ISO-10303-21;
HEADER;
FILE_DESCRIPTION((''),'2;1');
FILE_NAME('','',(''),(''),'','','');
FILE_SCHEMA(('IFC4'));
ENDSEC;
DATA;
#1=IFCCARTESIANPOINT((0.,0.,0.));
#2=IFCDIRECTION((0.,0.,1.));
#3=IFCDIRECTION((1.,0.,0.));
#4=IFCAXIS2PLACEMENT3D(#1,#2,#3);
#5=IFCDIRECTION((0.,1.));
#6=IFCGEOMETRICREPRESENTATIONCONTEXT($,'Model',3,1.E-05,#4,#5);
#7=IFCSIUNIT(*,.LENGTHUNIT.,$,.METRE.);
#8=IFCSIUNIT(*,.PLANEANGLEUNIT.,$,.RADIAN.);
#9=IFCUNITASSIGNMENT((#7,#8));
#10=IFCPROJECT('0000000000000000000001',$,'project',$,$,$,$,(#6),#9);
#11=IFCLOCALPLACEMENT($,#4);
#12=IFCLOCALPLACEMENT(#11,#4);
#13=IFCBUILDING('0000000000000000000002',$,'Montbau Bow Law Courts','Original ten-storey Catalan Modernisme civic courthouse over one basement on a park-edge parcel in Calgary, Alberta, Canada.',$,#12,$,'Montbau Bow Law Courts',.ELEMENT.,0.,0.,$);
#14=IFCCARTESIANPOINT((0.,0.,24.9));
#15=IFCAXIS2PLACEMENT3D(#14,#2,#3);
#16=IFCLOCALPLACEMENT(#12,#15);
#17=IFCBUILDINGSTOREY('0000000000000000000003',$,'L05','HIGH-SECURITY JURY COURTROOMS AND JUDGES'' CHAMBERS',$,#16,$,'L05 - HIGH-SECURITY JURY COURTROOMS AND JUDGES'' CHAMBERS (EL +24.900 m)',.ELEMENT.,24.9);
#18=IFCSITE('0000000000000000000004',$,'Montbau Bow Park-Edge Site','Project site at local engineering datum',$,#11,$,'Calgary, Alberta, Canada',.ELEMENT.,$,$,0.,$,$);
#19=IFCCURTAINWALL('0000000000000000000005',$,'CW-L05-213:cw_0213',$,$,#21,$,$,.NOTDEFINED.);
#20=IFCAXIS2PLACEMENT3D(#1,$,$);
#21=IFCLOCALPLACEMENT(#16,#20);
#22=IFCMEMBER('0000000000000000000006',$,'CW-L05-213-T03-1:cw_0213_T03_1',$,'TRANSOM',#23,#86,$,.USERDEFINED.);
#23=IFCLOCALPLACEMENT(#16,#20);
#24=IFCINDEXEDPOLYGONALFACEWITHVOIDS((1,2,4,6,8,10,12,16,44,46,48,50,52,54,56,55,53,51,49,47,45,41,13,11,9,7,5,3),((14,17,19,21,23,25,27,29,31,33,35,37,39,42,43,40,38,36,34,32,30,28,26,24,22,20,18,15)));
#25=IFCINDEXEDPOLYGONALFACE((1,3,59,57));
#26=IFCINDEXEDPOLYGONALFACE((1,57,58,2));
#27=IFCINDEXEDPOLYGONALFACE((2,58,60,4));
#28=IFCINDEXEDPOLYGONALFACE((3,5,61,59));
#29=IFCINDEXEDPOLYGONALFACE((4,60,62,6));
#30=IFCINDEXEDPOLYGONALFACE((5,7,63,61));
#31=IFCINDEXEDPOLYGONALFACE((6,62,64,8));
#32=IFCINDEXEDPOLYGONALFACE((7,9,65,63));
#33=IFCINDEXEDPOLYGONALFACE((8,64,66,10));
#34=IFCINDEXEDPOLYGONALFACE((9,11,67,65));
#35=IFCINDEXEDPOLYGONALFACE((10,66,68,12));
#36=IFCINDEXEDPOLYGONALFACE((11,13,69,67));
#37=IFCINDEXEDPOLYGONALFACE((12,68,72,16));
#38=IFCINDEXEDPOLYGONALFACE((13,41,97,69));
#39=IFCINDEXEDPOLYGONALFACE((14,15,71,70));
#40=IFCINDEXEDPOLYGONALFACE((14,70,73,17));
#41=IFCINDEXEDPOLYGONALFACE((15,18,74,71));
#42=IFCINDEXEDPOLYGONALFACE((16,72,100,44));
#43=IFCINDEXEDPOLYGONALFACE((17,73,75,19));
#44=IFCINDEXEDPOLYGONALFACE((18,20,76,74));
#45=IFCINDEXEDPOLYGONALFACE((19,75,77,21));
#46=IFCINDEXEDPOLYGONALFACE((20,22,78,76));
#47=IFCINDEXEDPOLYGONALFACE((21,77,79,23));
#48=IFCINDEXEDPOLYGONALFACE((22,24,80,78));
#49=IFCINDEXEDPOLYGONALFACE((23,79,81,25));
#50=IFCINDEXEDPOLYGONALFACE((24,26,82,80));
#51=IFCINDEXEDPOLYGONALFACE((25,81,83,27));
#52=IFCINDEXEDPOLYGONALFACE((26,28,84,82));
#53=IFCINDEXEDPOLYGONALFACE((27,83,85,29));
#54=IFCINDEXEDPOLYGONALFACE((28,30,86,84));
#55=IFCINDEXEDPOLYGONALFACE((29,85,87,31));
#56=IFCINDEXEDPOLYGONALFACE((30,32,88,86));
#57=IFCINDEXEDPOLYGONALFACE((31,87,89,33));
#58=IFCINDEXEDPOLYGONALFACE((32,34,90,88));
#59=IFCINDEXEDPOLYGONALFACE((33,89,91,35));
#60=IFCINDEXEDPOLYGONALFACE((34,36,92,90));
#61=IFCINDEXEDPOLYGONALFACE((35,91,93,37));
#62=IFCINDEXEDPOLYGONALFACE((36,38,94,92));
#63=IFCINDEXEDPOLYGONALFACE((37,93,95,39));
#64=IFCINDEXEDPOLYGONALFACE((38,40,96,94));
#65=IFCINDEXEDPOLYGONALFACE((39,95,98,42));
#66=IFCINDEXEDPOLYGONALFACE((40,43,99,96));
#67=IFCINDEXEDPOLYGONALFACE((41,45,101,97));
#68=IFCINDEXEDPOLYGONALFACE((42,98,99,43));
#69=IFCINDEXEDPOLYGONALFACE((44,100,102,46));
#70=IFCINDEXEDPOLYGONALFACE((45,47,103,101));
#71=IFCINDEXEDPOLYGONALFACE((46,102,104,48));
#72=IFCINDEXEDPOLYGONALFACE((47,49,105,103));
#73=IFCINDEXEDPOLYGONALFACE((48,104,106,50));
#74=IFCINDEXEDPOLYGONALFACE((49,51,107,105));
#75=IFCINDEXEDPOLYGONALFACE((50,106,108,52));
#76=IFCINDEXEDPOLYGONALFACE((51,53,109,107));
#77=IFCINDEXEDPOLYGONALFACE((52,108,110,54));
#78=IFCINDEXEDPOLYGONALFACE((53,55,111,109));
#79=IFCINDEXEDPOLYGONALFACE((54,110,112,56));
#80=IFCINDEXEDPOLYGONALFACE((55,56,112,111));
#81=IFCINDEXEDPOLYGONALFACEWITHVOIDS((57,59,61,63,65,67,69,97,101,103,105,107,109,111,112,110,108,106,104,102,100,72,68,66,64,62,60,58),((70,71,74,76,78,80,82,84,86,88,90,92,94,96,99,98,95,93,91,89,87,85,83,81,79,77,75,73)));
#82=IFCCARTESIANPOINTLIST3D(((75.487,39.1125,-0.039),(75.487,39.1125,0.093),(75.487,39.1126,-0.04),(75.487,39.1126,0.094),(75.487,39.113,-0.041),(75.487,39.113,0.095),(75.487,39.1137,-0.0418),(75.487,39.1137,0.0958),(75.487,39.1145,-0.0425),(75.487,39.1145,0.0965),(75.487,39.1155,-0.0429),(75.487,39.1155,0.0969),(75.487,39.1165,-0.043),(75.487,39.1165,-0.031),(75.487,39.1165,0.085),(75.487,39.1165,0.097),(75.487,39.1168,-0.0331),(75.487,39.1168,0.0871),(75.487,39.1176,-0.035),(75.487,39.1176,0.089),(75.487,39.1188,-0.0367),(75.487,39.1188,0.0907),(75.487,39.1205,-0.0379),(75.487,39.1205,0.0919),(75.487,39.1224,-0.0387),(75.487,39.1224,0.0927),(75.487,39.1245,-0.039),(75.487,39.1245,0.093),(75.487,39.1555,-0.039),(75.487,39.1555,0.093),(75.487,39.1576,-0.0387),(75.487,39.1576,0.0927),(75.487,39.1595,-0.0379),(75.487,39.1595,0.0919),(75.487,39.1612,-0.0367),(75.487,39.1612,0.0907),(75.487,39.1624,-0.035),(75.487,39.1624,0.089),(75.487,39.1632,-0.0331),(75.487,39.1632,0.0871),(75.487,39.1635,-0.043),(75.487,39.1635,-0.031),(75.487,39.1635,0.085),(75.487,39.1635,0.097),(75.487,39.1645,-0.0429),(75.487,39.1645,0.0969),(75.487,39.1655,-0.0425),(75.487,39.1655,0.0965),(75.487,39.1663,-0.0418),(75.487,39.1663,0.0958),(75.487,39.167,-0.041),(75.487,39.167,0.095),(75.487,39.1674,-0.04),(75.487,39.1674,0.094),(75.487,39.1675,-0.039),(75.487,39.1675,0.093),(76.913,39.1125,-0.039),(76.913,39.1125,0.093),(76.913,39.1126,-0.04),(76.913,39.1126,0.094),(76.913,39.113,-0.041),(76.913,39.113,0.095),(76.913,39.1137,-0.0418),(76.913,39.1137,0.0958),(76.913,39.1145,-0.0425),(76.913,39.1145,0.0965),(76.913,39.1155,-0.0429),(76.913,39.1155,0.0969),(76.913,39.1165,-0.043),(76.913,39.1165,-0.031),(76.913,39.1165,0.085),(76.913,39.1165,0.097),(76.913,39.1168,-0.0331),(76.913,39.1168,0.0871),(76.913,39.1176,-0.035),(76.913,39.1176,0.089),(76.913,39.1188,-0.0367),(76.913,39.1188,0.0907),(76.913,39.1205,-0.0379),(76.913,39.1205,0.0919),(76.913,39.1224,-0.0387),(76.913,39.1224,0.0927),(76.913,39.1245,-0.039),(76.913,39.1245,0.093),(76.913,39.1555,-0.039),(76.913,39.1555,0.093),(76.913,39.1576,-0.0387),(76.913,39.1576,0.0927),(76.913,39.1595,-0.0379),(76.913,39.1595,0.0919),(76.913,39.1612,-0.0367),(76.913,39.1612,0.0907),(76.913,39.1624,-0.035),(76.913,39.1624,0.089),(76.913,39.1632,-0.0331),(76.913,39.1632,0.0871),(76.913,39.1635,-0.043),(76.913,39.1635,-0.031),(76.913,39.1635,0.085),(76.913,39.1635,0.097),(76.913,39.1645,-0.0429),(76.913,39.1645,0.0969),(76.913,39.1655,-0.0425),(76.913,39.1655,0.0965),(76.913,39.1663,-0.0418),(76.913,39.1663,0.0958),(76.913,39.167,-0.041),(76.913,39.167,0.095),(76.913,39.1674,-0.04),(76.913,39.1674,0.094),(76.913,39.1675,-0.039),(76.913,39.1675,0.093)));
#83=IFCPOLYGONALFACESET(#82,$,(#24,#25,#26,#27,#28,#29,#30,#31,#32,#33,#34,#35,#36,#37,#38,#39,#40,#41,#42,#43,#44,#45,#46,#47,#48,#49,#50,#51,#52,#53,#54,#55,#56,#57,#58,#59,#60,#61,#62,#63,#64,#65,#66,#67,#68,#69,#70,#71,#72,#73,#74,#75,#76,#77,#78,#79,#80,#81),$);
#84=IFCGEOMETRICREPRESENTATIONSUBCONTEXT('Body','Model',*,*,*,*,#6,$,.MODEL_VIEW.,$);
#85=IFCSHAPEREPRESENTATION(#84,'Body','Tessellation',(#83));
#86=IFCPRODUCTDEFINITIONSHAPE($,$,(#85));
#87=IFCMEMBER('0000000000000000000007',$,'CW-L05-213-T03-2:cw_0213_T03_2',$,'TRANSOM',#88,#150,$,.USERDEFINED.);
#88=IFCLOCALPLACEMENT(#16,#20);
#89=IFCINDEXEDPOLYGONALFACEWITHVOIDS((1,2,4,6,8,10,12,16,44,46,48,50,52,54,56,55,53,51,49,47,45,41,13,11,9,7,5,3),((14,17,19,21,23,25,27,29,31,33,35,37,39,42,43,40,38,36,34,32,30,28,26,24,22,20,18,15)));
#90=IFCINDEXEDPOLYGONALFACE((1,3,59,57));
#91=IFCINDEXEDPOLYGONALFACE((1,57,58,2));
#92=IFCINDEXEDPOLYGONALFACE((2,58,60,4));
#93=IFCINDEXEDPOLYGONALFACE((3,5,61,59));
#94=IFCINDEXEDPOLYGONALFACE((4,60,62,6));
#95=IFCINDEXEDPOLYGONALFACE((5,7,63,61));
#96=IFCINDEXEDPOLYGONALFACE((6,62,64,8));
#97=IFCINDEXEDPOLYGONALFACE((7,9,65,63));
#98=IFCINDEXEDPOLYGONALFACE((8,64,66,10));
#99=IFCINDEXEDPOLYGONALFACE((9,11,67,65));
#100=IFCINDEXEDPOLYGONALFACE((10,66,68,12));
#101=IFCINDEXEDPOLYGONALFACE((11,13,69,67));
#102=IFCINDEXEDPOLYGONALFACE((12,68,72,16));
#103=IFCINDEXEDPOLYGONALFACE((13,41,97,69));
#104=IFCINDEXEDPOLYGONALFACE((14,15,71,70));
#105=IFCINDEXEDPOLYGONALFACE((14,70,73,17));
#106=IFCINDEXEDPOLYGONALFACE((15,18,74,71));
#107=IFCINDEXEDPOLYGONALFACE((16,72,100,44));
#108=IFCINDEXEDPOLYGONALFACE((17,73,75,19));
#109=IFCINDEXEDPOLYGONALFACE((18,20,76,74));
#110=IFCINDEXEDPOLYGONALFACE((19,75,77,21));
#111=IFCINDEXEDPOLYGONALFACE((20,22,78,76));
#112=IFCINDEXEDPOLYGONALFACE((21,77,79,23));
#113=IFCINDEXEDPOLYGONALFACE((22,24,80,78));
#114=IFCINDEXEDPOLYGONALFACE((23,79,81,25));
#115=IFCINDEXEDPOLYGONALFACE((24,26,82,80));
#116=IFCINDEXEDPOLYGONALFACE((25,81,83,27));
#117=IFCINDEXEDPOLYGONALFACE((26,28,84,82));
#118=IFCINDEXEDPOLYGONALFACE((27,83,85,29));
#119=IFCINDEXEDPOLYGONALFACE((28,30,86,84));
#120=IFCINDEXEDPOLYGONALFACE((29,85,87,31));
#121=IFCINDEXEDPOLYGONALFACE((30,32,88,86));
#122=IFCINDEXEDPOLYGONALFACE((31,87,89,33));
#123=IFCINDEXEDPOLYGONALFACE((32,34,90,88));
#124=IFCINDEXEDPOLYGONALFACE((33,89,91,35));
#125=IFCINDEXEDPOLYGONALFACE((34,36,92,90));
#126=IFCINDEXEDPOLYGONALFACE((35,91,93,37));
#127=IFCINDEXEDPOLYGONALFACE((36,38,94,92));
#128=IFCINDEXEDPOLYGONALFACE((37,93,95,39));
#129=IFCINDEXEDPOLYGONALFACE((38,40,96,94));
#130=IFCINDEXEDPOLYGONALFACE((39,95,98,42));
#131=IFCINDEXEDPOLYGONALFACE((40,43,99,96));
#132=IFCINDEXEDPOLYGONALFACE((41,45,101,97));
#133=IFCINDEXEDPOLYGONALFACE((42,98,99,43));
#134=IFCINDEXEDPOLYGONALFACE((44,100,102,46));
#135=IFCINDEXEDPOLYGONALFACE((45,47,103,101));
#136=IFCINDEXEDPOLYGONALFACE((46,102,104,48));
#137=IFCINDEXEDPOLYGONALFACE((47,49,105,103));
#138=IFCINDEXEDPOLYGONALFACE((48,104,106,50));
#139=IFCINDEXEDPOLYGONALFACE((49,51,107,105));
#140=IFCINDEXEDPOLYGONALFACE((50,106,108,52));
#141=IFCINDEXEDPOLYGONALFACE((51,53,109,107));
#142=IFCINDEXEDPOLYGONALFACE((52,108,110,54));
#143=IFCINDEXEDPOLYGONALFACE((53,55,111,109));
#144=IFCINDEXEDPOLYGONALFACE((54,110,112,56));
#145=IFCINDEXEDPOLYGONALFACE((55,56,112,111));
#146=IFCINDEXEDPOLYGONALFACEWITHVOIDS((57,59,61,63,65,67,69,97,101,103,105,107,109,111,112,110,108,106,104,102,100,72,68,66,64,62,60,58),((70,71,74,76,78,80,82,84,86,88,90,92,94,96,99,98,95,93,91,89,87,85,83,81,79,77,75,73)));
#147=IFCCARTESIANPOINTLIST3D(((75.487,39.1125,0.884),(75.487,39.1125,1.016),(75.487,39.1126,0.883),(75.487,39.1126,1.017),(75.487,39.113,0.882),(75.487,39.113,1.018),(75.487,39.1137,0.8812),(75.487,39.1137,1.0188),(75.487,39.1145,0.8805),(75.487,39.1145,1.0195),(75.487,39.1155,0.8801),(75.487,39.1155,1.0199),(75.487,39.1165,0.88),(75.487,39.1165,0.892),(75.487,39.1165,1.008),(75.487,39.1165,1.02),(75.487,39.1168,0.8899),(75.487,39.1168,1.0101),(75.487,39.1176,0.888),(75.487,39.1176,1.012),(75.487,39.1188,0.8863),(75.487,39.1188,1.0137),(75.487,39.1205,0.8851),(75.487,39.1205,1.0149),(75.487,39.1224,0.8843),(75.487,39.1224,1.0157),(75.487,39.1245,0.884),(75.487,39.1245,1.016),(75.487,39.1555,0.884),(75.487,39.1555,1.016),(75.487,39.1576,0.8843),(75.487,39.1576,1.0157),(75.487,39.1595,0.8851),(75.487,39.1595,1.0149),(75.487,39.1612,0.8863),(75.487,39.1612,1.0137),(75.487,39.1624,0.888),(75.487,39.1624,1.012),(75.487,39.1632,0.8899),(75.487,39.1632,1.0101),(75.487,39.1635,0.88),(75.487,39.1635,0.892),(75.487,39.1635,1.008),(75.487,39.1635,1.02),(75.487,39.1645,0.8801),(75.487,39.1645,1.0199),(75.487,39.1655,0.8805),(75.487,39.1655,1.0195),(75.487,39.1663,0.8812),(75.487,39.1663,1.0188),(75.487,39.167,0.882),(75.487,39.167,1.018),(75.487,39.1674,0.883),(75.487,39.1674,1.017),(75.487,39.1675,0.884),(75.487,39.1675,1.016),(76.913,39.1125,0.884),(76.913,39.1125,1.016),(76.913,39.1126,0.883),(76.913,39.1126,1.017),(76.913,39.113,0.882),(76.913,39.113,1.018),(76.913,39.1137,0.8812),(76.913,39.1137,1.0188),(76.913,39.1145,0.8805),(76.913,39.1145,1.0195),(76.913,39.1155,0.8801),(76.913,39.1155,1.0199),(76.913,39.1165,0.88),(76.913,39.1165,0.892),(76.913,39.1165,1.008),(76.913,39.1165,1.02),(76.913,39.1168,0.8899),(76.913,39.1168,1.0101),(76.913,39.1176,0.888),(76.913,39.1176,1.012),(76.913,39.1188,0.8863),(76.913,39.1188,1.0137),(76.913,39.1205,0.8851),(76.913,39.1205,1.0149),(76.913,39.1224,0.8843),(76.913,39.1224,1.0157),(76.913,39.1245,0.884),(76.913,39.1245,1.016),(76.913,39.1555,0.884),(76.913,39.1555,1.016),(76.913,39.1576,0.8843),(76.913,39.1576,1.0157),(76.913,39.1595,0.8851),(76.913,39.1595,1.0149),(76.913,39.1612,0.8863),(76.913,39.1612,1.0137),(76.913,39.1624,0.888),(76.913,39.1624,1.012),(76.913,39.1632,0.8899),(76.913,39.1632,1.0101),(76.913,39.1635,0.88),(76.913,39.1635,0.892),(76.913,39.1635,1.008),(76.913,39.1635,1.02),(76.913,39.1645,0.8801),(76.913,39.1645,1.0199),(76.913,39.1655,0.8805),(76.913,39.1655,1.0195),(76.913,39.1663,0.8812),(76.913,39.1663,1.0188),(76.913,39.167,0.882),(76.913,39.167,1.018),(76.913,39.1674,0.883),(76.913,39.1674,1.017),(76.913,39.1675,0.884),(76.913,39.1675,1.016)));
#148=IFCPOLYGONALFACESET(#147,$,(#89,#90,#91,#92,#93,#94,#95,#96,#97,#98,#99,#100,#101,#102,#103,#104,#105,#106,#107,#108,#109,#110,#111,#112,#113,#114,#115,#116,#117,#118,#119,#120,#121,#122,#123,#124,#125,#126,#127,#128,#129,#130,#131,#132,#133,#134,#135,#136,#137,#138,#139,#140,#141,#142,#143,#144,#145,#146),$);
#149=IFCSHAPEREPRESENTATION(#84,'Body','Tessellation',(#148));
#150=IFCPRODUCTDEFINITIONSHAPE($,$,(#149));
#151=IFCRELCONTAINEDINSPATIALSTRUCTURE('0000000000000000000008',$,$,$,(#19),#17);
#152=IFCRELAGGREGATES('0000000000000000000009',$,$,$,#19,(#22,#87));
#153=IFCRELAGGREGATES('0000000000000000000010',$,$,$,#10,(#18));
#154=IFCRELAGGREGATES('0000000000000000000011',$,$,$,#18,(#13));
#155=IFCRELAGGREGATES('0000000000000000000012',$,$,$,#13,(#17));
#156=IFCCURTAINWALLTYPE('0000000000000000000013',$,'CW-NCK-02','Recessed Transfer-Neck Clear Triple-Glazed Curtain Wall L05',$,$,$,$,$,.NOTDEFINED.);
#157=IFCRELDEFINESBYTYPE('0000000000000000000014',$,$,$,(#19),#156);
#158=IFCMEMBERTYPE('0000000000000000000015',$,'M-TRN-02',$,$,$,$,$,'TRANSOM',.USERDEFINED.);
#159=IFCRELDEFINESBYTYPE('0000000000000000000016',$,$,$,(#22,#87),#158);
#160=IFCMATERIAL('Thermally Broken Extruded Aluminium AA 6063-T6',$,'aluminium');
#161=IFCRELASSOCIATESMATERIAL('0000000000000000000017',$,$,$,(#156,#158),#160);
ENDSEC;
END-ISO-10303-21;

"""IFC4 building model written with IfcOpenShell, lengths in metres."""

from ifc_helpers import new_model, si_unit, direction, frame, origin_with_axes, origin_2d_with_axis, place, context, subcontext, project, spatial, hollow_rectangle, extrude, material, material_profile, profile_set, type_object, element, aggregate, save


model = new_model("IFC4")

# Units and contexts
model_context = context("Model", 3, precision=1e-05, world=origin_with_axes(), true_north=direction((0.0, 1.0)))
body_context = subcontext(model_context, "Body", "Model", "MODEL_VIEW")
ifc_project = project(units=[si_unit("LENGTHUNIT", "METRE"), si_unit("PLANEANGLEUNIT", "RADIAN")], contexts=[model_context])

# Site, building, storey
site_placement = place(None, origin_with_axes())
site = spatial("IfcSite", under=ifc_project, at=site_placement, Name="Montbau Bow Park-Edge Site", Description="Project site at local engineering datum", LongName="Calgary, Alberta, Canada", CompositionType="ELEMENT", RefElevation=0.0)
building_placement = place(site_placement, origin_with_axes())
building = spatial("IfcBuilding", under=site, at=building_placement, Name="Montbau Bow Law Courts", Description="Original ten-storey Catalan Modernisme civic courthouse over one basement on a park-edge parcel in Calgary, Alberta, Canada.", LongName="Montbau Bow Law Courts", CompositionType="ELEMENT", ElevationOfRefHeight=0.0, ElevationOfTerrain=0.0)
storey_placement = place(building_placement, frame((0.0, 0.0, 24.9), z_axis=(0.0, 0.0, 1.0), x_axis=(1.0, 0.0, 0.0)))
storey = spatial("IfcBuildingStorey", under=building, at=storey_placement, Name="L05", Description="HIGH-SECURITY JURY COURTROOMS AND JUDGES' CHAMBERS", LongName="L05 - HIGH-SECURITY JURY COURTROOMS AND JUDGES' CHAMBERS (EL +24.900 m)", CompositionType="ELEMENT", Elevation=24.9)

# Curtain wall, members
ifc_material_1 = material(Name="Thermally Broken Extruded Aluminium AA 6063-T6", Category="aluminium")
curtain_wall_type = type_object("IfcCurtainWallType", Name="CW-NCK-02", Description="Recessed Transfer-Neck Clear Triple-Glazed Curtain Wall L05", PredefinedType="NOTDEFINED", material=ifc_material_1)
curtain_wall_placement = place(None, frame((72.44, 39.14, 24.9), z_axis=(0.0, 0.0, 1.0), x_axis=(1.0, 0.0, 0.0)))
curtain_wall = element("IfcCurtainWall", 1, at=curtain_wall_placement, inside=storey, type_object=curtain_wall_type, Name="CW-L05-213:cw_0213", PredefinedType="NOTDEFINED")
ifc_material_profile_1 = material_profile(ifc_material_1, hollow_rectangle(XDim=0.055, YDim=0.14, WallThickness=0.004, InnerFilletRadius=0.008, OuterFilletRadius=0.004, at=origin_2d_with_axis()), Name="CWT-140X55", Category="Main", Priority=0)
ifc_profile_set_1 = profile_set([ifc_material_profile_1], Name="Thermally Broken Extruded Aluminium AA 6063-T6")
member_type_1 = type_object("IfcMemberType", Name="M-TRN-02", ElementType="TRANSOM", PredefinedType="USERDEFINED", material=ifc_profile_set_1)
member_1_placement = place(None, frame((75.487, 39.14, 24.927), z_axis=(1.0, 0.0, 0.0), x_axis=(0.0, 1.0, 0.0)))
member_1 = element("IfcMember", 2, at=member_1_placement, type_object=member_type_1, Name="CW-L05-213-T03-1:cw_0213_T03_1", ObjectType="TRANSOM", PredefinedType="USERDEFINED", context=body_context, shape_type="SweptSolid", body=[
    extrude(hollow_rectangle(XDim=0.055, YDim=0.14, WallThickness=0.004, InnerFilletRadius=0.008, OuterFilletRadius=0.004, at=origin_2d_with_axis()), origin_with_axes(), (0.0, 0.0, 1.0), 1.426),
])
member_2_placement = place(None, frame((75.487, 39.14, 25.85), z_axis=(1.0, 0.0, 0.0), x_axis=(0.0, 1.0, 0.0)))
member_2 = element("IfcMember", 3, at=member_2_placement, type_object=member_type_1, Name="CW-L05-213-T03-2:cw_0213_T03_2", ObjectType="TRANSOM", PredefinedType="USERDEFINED", context=body_context, shape_type="SweptSolid", body=[
    extrude(hollow_rectangle(XDim=0.055, YDim=0.14, WallThickness=0.004, InnerFilletRadius=0.008, OuterFilletRadius=0.004, at=origin_2d_with_axis()), origin_with_axes(), (0.0, 0.0, 1.0), 1.426),
])
aggregate(curtain_wall, [member_1, member_2])

save(model, "model.ifc")
